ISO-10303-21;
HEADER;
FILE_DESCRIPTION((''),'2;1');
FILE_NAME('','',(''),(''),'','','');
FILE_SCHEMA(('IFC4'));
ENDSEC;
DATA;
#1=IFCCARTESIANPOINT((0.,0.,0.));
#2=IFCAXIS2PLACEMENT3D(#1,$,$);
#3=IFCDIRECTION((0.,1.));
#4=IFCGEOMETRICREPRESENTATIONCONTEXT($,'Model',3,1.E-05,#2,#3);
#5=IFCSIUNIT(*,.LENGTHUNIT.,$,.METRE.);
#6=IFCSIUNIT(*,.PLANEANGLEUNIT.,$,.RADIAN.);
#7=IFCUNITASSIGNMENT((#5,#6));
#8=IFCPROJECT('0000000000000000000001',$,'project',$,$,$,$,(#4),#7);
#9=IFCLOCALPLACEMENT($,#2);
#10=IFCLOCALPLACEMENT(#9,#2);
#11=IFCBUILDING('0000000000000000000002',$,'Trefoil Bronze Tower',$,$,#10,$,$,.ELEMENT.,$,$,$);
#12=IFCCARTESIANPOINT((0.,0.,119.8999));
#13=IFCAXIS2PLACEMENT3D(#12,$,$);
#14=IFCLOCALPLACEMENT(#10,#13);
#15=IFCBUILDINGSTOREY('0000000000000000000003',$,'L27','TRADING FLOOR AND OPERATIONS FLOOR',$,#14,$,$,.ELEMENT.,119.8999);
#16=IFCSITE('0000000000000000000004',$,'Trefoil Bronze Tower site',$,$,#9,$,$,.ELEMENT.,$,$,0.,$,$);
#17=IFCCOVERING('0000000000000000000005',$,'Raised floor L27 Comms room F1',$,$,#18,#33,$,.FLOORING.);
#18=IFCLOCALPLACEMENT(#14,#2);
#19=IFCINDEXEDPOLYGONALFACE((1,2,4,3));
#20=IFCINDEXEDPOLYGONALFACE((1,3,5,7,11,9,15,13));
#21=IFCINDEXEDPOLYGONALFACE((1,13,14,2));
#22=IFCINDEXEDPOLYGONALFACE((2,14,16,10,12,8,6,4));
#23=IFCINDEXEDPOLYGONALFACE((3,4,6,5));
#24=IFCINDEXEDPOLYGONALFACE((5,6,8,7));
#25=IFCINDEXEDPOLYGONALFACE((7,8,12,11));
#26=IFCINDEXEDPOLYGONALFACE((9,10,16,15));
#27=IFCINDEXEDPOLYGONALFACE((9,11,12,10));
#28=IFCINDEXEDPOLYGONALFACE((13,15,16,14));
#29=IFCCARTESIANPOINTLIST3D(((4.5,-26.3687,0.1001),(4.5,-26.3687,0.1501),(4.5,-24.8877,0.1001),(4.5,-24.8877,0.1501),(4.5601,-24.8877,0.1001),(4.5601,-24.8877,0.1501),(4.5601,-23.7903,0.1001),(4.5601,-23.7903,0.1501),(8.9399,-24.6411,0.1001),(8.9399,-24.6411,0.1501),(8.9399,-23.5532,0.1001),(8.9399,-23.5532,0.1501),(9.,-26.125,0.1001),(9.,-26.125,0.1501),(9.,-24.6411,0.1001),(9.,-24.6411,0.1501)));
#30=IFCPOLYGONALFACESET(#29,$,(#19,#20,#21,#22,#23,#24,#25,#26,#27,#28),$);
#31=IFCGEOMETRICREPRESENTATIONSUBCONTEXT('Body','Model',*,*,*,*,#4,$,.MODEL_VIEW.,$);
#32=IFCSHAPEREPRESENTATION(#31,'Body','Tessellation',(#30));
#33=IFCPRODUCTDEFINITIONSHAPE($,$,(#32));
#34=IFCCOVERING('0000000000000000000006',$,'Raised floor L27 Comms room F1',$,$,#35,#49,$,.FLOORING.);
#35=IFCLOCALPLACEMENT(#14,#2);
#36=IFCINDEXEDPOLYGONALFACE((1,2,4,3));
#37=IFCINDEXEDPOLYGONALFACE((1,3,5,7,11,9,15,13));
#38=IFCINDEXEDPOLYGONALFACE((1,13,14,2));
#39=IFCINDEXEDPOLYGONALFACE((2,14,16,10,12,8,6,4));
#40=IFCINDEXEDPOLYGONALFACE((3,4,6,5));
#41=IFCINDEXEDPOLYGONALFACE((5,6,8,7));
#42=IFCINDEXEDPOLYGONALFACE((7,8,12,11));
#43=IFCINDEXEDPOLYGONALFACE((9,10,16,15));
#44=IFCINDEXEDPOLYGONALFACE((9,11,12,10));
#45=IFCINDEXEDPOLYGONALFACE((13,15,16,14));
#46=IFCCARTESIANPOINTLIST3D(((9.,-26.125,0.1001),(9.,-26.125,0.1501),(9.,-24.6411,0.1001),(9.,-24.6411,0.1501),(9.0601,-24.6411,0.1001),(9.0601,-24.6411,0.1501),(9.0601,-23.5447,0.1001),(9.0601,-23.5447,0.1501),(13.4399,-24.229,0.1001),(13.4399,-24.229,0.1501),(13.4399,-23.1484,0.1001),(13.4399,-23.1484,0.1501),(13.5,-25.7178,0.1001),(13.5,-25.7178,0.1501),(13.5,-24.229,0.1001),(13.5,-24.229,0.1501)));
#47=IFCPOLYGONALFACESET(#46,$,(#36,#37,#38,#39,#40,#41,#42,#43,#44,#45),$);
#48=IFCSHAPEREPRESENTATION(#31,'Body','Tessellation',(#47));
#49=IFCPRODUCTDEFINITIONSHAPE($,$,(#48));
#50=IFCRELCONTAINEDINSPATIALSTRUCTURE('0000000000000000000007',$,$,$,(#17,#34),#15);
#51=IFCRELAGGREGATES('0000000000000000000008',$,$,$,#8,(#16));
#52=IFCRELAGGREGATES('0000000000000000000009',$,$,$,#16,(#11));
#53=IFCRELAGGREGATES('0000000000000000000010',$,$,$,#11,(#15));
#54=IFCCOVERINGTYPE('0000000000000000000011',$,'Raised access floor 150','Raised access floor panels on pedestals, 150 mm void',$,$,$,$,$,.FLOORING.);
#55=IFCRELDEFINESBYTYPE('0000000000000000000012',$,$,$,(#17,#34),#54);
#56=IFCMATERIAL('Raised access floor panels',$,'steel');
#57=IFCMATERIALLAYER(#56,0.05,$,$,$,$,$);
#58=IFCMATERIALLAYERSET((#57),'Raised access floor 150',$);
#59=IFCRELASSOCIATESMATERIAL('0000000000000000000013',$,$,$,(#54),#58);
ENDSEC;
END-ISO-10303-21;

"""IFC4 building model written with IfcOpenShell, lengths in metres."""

from ifc_helpers import new_model, si_unit, direction, frame, origin, place, context, subcontext, project, spatial, polyline, outline, extrude, material, layer, layer_set, type_object, element, save


model = new_model("IFC4")

# Units and contexts
model_context = context("Model", 3, precision=1e-05, world=origin(), true_north=direction((0.0, 1.0)))
body_context = subcontext(model_context, "Body", "Model", "MODEL_VIEW")
ifc_project = project(units=[si_unit("LENGTHUNIT", "METRE"), si_unit("PLANEANGLEUNIT", "RADIAN")], contexts=[model_context])

# Site, building, storey
site_placement = place(None, origin())
site = spatial("IfcSite", under=ifc_project, at=site_placement, Name="Trefoil Bronze Tower site", CompositionType="ELEMENT", RefElevation=0.0)
building_placement = place(site_placement, origin())
building = spatial("IfcBuilding", under=site, at=building_placement, Name="Trefoil Bronze Tower", CompositionType="ELEMENT")
storey_placement = place(building_placement, frame((0.0, 0.0, 119.8999)))
storey = spatial("IfcBuildingStorey", under=building, at=storey_placement, Name="L27", Description="TRADING FLOOR AND OPERATIONS FLOOR", CompositionType="ELEMENT", Elevation=119.8999)

# Coverings
ifc_material_1 = material(Name="Raised access floor panels", Category="steel")
ifc_layer_1 = layer(ifc_material_1, 0.05)
ifc_layer_set_1 = layer_set([ifc_layer_1], Name="Raised access floor 150")
covering_type_1 = type_object("IfcCoveringType", Name="Raised access floor 150", Description="Raised access floor panels on pedestals, 150 mm void", PredefinedType="FLOORING", material=ifc_layer_set_1)
covering_1_placement = place(storey_placement, frame((0.0, 0.0, 0.1001)))
element("IfcCovering", 1, at=covering_1_placement, inside=storey, type_object=covering_type_1, Name="Raised floor L27 Comms room F1", PredefinedType="FLOORING", context=body_context, shape_type="SweptSolid", body=[
    extrude(outline(polyline([(9.0, -26.125), (4.5, -26.3687), (4.5, -24.8877), (4.5601, -24.8877), (4.5601, -23.7903), (8.9399, -23.5532), (8.9399, -24.6411), (9.0, -24.6411), (9.0, -26.125)])), origin(), (0.0, 0.0, 1.0), 0.05),
])
covering_2_placement = place(storey_placement, frame((0.0, 0.0, 0.1001)))
element("IfcCovering", 2, at=covering_2_placement, inside=storey, type_object=covering_type_1, Name="Raised floor L27 Comms room F1", PredefinedType="FLOORING", context=body_context, shape_type="SweptSolid", body=[
    extrude(outline(polyline([(13.5, -25.7178), (9.0, -26.125), (9.0, -24.6411), (9.0601, -24.6411), (9.0601, -23.5447), (13.4399, -23.1484), (13.4399, -24.229), (13.5, -24.229), (13.5, -25.7178)])), origin(), (0.0, 0.0, 1.0), 0.05),
])

save(model, "model.ifc")
